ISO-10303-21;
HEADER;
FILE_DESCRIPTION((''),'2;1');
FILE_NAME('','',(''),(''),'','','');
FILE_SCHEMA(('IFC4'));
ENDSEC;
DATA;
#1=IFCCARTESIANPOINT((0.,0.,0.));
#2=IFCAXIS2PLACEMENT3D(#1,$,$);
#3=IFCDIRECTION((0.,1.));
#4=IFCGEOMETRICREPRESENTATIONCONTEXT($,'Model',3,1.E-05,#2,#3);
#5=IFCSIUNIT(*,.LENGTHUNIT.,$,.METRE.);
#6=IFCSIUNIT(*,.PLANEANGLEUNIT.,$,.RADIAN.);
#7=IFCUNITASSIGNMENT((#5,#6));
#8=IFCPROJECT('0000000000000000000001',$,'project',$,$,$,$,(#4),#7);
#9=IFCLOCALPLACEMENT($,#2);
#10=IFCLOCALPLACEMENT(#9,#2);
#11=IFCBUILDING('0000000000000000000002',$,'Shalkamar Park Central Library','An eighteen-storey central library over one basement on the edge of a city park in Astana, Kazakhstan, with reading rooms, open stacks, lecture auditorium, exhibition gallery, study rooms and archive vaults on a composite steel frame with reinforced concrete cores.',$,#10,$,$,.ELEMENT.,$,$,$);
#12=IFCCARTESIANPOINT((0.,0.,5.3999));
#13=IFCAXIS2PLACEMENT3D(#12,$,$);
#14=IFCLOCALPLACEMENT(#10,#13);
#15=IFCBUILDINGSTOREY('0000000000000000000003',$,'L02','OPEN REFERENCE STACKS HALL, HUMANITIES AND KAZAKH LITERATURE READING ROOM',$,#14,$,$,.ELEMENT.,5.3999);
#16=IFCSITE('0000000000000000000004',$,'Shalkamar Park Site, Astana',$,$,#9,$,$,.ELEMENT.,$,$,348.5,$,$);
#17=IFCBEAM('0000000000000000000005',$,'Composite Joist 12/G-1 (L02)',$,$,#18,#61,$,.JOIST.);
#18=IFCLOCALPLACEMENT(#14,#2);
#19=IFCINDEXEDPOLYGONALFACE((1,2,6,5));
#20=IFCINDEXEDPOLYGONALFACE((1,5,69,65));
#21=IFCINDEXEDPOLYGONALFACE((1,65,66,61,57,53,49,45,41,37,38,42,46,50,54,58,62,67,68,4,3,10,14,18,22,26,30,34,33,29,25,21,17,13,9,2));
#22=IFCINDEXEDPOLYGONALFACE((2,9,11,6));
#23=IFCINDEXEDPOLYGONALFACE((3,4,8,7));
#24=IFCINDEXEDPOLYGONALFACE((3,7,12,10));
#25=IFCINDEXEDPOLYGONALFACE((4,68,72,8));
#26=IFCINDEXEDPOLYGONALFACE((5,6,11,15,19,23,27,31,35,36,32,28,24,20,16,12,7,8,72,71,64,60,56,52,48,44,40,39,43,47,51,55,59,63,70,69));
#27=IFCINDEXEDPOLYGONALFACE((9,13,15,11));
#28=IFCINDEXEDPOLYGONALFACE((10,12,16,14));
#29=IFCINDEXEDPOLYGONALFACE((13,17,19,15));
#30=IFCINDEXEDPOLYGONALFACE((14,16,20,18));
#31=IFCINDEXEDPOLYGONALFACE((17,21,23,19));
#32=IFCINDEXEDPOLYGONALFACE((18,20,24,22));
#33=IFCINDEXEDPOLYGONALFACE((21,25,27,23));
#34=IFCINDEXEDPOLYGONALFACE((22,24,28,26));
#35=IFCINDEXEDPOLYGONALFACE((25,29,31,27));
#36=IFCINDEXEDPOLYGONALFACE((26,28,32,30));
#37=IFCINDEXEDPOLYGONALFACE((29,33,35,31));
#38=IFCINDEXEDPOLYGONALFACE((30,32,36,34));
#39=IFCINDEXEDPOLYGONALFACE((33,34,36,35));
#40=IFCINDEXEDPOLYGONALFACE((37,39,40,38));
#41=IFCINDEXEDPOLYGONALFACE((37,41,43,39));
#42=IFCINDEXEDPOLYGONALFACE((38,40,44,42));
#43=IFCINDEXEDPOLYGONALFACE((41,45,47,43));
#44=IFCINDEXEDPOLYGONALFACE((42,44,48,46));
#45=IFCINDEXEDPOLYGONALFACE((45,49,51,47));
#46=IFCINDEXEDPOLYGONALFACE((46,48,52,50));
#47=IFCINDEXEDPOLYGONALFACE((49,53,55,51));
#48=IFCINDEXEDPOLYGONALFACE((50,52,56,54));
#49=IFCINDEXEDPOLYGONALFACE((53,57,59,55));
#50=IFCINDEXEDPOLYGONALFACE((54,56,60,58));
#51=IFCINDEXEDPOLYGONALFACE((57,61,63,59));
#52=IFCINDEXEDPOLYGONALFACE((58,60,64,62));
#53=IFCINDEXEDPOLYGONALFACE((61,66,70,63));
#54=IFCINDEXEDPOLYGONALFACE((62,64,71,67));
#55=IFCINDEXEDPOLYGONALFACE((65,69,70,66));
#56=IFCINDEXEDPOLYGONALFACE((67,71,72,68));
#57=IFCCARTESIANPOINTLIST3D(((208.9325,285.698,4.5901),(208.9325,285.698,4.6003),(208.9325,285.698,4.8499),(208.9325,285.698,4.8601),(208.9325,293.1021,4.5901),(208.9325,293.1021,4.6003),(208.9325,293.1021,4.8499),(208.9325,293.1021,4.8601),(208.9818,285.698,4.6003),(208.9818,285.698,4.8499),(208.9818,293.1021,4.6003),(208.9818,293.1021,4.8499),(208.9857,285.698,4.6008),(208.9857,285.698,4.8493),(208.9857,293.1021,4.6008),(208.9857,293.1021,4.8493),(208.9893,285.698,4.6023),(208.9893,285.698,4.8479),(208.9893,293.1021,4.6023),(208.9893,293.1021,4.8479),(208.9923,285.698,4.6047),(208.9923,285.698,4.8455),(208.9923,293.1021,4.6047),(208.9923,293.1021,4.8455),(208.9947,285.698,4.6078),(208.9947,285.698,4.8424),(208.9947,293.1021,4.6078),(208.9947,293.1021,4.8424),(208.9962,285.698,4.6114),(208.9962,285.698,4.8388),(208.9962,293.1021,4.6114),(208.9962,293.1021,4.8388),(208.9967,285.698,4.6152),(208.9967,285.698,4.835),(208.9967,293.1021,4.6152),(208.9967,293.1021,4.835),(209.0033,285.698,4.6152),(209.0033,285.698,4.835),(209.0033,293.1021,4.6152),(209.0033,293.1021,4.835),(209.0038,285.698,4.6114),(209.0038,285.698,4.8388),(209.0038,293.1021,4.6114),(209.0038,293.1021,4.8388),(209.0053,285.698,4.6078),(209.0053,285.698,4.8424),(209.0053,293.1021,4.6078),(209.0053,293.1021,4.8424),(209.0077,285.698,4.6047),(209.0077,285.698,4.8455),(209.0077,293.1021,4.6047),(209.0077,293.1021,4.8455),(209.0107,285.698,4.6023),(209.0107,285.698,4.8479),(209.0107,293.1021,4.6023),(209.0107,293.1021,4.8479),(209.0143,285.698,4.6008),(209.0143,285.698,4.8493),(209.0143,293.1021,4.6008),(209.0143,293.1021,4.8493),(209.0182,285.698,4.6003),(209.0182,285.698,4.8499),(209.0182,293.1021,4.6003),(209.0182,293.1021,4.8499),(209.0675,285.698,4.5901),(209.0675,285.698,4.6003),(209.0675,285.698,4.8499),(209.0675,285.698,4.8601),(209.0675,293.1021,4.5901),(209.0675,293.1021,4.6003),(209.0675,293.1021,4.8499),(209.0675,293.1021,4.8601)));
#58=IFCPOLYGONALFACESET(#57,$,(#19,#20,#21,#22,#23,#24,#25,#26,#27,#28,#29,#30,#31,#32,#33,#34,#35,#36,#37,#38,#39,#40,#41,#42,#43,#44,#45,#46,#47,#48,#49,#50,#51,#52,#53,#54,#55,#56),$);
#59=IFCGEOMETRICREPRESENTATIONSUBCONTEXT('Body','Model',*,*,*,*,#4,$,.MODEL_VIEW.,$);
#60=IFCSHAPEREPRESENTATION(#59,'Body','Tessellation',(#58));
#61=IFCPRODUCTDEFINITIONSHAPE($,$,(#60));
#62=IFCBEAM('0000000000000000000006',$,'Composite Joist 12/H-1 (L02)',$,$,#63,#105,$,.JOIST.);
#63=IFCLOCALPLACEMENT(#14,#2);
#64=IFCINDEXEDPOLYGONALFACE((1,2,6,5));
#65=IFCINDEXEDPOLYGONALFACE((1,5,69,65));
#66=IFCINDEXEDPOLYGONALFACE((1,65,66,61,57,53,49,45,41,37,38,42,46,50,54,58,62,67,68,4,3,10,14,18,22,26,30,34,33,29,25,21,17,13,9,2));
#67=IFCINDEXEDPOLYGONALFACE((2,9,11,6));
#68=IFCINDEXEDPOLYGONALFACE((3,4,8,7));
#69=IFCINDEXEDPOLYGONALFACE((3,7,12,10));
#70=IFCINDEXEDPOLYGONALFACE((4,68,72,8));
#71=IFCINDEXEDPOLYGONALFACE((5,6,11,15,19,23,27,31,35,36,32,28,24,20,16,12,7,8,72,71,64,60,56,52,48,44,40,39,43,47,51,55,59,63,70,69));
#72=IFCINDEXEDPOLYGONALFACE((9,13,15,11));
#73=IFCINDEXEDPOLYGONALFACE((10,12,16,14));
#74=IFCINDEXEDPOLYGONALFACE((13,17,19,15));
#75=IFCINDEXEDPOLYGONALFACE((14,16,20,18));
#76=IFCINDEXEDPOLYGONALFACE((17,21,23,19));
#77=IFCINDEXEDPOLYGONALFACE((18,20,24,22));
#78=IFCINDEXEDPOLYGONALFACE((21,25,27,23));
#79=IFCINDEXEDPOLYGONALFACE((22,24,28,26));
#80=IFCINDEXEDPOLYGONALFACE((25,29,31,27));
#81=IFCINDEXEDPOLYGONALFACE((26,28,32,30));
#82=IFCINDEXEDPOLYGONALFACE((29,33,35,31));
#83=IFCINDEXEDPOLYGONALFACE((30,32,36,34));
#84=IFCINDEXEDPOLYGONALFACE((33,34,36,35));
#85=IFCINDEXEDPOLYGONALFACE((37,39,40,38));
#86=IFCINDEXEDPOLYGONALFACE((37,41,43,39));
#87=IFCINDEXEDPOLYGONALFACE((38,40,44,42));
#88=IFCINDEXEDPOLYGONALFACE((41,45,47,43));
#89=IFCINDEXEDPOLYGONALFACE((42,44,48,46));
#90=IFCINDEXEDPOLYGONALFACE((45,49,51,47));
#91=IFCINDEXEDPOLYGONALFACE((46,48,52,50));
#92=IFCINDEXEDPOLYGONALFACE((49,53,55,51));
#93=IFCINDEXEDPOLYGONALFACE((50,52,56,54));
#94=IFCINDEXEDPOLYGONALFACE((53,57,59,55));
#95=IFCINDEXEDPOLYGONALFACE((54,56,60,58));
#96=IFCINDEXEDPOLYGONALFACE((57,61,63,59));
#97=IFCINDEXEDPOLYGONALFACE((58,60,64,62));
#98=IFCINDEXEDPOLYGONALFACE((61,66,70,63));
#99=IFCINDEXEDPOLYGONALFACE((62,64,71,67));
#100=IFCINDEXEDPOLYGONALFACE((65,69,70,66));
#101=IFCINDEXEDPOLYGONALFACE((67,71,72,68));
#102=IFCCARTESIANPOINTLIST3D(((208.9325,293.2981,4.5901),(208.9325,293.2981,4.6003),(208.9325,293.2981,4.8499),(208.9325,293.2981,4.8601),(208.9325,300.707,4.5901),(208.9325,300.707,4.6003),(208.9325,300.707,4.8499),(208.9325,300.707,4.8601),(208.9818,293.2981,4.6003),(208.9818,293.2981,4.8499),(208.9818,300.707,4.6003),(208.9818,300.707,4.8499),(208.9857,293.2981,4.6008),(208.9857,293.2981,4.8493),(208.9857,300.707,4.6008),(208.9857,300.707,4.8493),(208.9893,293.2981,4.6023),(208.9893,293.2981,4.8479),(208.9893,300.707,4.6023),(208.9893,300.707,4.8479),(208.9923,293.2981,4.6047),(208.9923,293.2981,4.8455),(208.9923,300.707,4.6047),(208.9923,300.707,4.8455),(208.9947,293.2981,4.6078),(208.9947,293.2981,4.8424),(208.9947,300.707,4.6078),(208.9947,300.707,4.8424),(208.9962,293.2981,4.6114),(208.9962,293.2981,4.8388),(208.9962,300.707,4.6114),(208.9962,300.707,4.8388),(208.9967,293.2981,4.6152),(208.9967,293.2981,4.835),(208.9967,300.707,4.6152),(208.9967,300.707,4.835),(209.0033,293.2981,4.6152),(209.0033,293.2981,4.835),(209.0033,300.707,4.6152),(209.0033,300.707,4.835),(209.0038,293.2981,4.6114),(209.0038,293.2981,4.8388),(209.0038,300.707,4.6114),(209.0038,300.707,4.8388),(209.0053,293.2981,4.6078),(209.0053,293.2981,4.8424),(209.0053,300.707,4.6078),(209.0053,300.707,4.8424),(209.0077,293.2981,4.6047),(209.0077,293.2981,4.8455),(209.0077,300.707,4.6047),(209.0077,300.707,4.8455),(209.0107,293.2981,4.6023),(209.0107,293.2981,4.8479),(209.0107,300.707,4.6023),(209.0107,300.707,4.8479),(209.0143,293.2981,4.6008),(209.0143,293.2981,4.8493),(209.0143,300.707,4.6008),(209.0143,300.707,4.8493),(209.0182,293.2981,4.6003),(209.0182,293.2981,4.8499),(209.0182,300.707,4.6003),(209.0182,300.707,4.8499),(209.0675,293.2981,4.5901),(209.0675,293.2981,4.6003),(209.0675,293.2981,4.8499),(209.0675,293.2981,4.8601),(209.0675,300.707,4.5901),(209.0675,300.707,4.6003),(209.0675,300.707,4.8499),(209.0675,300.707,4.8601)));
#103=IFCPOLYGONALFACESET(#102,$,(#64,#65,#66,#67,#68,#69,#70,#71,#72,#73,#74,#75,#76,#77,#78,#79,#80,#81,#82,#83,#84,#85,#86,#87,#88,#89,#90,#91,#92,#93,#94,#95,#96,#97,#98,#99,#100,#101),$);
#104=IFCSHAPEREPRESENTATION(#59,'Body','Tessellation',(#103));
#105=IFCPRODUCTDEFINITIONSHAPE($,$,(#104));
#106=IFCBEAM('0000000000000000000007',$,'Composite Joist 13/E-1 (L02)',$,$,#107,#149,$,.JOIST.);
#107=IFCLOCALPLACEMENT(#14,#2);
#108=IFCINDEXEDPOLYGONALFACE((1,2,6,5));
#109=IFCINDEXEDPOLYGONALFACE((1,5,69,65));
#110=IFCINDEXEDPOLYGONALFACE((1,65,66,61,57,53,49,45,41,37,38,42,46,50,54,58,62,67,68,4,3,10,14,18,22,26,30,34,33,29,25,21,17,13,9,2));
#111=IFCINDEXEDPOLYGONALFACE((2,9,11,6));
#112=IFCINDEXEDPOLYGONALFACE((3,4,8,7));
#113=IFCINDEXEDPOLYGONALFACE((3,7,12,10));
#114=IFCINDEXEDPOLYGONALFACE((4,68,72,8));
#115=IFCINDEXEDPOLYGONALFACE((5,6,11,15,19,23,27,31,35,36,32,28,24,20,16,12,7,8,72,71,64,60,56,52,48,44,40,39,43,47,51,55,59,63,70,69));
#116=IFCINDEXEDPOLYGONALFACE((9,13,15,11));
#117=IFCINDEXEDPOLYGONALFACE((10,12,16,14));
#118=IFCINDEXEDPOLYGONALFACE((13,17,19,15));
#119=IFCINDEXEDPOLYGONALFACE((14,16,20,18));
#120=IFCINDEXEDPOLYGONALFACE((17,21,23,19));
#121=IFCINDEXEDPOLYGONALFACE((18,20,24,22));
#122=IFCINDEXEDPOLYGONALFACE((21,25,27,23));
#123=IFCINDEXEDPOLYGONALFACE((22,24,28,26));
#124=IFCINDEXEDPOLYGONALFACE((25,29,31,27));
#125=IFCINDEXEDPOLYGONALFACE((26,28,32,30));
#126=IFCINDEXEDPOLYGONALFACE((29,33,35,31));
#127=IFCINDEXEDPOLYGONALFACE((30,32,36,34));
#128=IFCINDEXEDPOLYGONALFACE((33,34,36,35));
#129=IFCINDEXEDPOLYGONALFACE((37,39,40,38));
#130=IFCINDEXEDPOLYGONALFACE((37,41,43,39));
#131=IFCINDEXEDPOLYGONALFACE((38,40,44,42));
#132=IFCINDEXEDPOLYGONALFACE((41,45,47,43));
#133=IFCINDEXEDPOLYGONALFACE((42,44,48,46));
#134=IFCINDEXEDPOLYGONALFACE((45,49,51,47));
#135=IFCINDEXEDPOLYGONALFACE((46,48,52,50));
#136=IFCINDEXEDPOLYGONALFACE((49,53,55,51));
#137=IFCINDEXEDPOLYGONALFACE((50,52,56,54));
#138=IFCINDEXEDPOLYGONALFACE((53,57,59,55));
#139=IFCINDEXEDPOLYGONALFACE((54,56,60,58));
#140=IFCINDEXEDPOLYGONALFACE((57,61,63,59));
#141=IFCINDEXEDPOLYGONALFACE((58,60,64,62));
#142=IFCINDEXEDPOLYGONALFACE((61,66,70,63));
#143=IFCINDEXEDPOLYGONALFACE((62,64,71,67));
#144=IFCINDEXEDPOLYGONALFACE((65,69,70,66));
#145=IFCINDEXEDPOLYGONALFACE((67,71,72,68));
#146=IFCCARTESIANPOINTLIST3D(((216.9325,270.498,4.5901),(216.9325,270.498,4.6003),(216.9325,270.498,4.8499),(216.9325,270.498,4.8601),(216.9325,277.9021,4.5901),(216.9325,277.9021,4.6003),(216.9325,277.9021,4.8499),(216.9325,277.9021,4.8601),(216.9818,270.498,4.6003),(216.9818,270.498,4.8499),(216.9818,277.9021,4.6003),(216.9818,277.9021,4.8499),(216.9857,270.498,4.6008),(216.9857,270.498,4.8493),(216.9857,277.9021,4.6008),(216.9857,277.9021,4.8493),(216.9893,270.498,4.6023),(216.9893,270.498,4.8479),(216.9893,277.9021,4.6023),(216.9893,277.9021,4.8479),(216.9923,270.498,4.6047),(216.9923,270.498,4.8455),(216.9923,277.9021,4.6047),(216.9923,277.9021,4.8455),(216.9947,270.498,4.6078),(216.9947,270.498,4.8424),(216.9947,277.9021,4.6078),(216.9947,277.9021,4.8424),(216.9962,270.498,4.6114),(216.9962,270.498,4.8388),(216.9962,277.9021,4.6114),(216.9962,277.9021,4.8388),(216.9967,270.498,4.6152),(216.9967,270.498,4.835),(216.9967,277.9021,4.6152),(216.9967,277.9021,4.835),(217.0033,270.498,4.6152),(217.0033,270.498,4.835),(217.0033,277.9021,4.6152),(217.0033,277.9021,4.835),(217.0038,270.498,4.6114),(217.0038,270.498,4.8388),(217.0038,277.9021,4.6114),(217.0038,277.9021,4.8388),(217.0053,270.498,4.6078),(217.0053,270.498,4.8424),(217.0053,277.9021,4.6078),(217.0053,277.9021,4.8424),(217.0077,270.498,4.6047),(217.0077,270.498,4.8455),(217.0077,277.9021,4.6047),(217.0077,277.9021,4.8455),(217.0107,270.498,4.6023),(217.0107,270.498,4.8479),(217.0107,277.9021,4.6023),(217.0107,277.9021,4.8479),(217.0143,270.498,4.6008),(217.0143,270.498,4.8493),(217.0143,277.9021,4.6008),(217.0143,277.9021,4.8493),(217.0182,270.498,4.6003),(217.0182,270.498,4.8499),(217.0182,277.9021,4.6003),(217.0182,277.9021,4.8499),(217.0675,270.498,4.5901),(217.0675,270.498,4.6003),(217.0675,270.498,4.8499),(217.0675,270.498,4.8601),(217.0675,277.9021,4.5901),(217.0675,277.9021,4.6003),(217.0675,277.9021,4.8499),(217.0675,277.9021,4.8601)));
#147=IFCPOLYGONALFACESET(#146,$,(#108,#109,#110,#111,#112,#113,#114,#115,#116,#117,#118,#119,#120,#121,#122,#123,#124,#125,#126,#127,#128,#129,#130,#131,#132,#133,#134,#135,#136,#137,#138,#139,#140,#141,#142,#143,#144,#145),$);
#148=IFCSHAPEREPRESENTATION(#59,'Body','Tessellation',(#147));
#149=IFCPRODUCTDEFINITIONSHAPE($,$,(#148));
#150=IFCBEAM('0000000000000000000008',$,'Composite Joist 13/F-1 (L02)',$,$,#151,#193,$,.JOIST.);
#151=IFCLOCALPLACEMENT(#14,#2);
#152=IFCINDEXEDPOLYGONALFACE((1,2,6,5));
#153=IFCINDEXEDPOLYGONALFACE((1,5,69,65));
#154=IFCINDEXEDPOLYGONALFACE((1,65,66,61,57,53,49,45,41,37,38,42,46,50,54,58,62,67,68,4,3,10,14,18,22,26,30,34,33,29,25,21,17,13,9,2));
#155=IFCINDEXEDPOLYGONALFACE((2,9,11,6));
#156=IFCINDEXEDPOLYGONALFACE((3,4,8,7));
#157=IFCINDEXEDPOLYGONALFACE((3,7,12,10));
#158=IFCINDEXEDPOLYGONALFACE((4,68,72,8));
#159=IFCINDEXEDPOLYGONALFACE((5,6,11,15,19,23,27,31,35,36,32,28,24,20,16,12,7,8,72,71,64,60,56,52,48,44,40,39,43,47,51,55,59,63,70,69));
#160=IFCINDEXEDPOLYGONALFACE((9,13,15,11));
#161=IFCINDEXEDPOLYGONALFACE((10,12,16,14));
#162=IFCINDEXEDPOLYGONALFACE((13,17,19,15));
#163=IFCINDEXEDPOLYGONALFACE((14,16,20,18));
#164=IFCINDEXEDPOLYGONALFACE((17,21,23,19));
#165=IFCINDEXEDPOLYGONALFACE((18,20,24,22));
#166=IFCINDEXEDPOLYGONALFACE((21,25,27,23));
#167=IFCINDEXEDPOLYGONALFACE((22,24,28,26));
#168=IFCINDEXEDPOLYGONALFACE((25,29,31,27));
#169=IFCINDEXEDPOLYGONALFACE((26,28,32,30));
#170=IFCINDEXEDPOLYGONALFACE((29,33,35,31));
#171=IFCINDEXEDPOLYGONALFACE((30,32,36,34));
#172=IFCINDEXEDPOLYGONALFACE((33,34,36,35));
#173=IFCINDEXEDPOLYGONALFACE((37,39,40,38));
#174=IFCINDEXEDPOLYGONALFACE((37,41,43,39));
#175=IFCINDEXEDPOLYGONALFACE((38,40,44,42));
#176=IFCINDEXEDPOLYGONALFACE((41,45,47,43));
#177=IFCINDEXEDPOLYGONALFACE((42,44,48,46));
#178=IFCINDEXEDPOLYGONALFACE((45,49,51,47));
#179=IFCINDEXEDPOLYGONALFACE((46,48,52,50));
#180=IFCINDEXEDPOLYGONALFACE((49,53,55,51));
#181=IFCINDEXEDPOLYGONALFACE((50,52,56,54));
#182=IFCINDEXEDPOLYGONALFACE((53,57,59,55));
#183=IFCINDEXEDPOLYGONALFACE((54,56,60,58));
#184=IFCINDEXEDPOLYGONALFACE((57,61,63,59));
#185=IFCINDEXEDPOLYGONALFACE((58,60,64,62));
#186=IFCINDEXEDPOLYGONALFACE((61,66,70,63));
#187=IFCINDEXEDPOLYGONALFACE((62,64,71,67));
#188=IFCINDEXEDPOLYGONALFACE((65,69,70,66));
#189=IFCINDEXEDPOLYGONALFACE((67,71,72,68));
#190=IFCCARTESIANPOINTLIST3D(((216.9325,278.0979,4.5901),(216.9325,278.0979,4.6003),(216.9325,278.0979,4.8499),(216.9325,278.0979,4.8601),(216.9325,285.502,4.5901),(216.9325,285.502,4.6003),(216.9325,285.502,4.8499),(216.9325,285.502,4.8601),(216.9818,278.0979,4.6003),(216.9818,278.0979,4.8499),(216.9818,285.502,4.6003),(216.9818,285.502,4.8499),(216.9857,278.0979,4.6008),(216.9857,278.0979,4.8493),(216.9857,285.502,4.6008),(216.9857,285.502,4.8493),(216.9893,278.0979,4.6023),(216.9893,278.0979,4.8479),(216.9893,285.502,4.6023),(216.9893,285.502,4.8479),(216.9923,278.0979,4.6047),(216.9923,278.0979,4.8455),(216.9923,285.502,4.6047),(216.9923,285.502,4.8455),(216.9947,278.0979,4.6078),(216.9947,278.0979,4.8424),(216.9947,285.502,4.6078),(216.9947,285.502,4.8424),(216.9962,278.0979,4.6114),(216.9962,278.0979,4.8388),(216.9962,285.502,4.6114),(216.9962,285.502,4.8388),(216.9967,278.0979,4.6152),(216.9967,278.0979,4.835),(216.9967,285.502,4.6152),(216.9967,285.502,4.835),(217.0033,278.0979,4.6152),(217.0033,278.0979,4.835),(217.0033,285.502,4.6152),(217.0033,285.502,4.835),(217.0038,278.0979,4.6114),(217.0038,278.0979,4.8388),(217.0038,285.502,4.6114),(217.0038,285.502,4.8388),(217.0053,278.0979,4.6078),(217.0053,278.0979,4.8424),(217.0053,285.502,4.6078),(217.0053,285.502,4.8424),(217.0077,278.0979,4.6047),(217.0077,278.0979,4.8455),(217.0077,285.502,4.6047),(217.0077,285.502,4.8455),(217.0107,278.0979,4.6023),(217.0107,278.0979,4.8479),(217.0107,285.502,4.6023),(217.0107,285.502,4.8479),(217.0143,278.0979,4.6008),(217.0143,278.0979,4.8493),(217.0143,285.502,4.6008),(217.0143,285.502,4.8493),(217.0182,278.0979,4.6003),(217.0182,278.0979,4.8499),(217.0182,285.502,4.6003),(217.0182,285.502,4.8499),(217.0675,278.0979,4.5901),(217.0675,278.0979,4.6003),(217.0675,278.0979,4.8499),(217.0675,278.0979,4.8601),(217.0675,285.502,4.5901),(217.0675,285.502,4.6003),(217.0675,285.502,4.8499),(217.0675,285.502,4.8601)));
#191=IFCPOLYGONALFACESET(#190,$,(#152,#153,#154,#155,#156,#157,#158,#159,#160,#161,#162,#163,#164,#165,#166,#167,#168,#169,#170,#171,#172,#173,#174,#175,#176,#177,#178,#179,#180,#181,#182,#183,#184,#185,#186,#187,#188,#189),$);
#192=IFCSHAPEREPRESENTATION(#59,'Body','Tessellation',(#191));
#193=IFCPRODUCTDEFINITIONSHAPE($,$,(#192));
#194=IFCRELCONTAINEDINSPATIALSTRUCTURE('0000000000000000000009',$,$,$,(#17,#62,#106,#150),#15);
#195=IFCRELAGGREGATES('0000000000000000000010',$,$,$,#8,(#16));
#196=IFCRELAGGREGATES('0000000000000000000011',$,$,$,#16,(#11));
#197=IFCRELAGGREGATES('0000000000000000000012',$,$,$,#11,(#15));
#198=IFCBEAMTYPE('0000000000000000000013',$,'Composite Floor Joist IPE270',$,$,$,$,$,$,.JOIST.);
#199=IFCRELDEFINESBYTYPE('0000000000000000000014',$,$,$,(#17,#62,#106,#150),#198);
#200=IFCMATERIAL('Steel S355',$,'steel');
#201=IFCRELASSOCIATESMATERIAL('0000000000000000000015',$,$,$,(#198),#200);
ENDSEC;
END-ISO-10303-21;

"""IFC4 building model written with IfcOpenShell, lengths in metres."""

from ifc_helpers import new_model, si_unit, direction, frame, origin, origin_2d, place, context, subcontext, project, spatial, i_section, extrude, material, material_profile, profile_set, type_object, element, save


model = new_model("IFC4")

# Units and contexts
model_context = context("Model", 3, precision=1e-05, world=origin(), true_north=direction((0.0, 1.0)))
body_context = subcontext(model_context, "Body", "Model", "MODEL_VIEW")
ifc_project = project(units=[si_unit("LENGTHUNIT", "METRE"), si_unit("PLANEANGLEUNIT", "RADIAN")], contexts=[model_context])

# Site, building, storey
site_placement = place(None, origin())
site = spatial("IfcSite", under=ifc_project, at=site_placement, Name="Shalkamar Park Site, Astana", CompositionType="ELEMENT", RefElevation=348.5)
building_placement = place(site_placement, origin())
building = spatial("IfcBuilding", under=site, at=building_placement, Name="Shalkamar Park Central Library", Description="An eighteen-storey central library over one basement on the edge of a city park in Astana, Kazakhstan, with reading rooms, open stacks, lecture auditorium, exhibition gallery, study rooms and archive vaults on a composite steel frame with reinforced concrete cores.", CompositionType="ELEMENT")
storey_placement = place(building_placement, frame((0.0, 0.0, 5.3999)))
storey = spatial("IfcBuildingStorey", under=building, at=storey_placement, Name="L02", Description="OPEN REFERENCE STACKS HALL, HUMANITIES AND KAZAKH LITERATURE READING ROOM", CompositionType="ELEMENT", Elevation=5.3999)

# Shared definitions
ifc_material = material(Name="Steel S355", Category="steel")

# Beams
ifc_material_profile_1 = material_profile(ifc_material, i_section(OverallWidth=0.135, OverallDepth=0.27, WebThickness=0.0066, FlangeThickness=0.0103, FilletRadius=0.0149, at=origin_2d()), Name="IPE 270")
ifc_profile_set_1 = profile_set([ifc_material_profile_1], Name="Steel S355")
beam_type_1 = type_object("IfcBeamType", Name="Composite Floor Joist IPE270", PredefinedType="JOIST", material=ifc_profile_set_1)
for number, where, z_axis, x_axis, name in (
    (1, (209.0, 285.698, 4.7251), (0.0, 1.0, 0.0), (-1.0, 0.0, 0.0), "Composite Joist 12/G-1 (L02)"),
):
    element("IfcBeam", number, at=place(storey_placement, frame(where, z_axis=z_axis, x_axis=x_axis)), inside=storey, type_object=beam_type_1, Name=name, PredefinedType="JOIST", context=body_context, shape_type="SweptSolid", body=[
        extrude(i_section(OverallWidth=0.135, OverallDepth=0.27, WebThickness=0.0066, FlangeThickness=0.0103, FilletRadius=0.0149, at=origin_2d()), origin(), (0.0, 0.0, 1.0), 7.4041),
    ])
beam_1_placement = place(storey_placement, frame((209.0, 293.2981, 4.7251), z_axis=(0.0, 1.0, 0.0), x_axis=(-1.0, 0.0, 0.0)))
element("IfcBeam", 2, at=beam_1_placement, inside=storey, type_object=beam_type_1, Name="Composite Joist 12/H-1 (L02)", PredefinedType="JOIST", context=body_context, shape_type="SweptSolid", body=[
    extrude(i_section(OverallWidth=0.135, OverallDepth=0.27, WebThickness=0.0066, FlangeThickness=0.0103, FilletRadius=0.0149, at=origin_2d()), origin(), (0.0, 0.0, 1.0), 7.4089),
])
for number, where, z_axis, x_axis, name in (
    (3, (217.0, 270.498, 4.7251), (0.0, 1.0, 0.0), (-1.0, 0.0, 0.0), "Composite Joist 13/E-1 (L02)"),
    (4, (217.0, 278.0979, 4.7251), (0.0, 1.0, 0.0), (-1.0, 0.0, 0.0), "Composite Joist 13/F-1 (L02)"),
):
    element("IfcBeam", number, at=place(storey_placement, frame(where, z_axis=z_axis, x_axis=x_axis)), inside=storey, type_object=beam_type_1, Name=name, PredefinedType="JOIST", context=body_context, shape_type="SweptSolid", body=[
        extrude(i_section(OverallWidth=0.135, OverallDepth=0.27, WebThickness=0.0066, FlangeThickness=0.0103, FilletRadius=0.0149, at=origin_2d()), origin(), (0.0, 0.0, 1.0), 7.4041),
    ])

save(model, "model.ifc")
